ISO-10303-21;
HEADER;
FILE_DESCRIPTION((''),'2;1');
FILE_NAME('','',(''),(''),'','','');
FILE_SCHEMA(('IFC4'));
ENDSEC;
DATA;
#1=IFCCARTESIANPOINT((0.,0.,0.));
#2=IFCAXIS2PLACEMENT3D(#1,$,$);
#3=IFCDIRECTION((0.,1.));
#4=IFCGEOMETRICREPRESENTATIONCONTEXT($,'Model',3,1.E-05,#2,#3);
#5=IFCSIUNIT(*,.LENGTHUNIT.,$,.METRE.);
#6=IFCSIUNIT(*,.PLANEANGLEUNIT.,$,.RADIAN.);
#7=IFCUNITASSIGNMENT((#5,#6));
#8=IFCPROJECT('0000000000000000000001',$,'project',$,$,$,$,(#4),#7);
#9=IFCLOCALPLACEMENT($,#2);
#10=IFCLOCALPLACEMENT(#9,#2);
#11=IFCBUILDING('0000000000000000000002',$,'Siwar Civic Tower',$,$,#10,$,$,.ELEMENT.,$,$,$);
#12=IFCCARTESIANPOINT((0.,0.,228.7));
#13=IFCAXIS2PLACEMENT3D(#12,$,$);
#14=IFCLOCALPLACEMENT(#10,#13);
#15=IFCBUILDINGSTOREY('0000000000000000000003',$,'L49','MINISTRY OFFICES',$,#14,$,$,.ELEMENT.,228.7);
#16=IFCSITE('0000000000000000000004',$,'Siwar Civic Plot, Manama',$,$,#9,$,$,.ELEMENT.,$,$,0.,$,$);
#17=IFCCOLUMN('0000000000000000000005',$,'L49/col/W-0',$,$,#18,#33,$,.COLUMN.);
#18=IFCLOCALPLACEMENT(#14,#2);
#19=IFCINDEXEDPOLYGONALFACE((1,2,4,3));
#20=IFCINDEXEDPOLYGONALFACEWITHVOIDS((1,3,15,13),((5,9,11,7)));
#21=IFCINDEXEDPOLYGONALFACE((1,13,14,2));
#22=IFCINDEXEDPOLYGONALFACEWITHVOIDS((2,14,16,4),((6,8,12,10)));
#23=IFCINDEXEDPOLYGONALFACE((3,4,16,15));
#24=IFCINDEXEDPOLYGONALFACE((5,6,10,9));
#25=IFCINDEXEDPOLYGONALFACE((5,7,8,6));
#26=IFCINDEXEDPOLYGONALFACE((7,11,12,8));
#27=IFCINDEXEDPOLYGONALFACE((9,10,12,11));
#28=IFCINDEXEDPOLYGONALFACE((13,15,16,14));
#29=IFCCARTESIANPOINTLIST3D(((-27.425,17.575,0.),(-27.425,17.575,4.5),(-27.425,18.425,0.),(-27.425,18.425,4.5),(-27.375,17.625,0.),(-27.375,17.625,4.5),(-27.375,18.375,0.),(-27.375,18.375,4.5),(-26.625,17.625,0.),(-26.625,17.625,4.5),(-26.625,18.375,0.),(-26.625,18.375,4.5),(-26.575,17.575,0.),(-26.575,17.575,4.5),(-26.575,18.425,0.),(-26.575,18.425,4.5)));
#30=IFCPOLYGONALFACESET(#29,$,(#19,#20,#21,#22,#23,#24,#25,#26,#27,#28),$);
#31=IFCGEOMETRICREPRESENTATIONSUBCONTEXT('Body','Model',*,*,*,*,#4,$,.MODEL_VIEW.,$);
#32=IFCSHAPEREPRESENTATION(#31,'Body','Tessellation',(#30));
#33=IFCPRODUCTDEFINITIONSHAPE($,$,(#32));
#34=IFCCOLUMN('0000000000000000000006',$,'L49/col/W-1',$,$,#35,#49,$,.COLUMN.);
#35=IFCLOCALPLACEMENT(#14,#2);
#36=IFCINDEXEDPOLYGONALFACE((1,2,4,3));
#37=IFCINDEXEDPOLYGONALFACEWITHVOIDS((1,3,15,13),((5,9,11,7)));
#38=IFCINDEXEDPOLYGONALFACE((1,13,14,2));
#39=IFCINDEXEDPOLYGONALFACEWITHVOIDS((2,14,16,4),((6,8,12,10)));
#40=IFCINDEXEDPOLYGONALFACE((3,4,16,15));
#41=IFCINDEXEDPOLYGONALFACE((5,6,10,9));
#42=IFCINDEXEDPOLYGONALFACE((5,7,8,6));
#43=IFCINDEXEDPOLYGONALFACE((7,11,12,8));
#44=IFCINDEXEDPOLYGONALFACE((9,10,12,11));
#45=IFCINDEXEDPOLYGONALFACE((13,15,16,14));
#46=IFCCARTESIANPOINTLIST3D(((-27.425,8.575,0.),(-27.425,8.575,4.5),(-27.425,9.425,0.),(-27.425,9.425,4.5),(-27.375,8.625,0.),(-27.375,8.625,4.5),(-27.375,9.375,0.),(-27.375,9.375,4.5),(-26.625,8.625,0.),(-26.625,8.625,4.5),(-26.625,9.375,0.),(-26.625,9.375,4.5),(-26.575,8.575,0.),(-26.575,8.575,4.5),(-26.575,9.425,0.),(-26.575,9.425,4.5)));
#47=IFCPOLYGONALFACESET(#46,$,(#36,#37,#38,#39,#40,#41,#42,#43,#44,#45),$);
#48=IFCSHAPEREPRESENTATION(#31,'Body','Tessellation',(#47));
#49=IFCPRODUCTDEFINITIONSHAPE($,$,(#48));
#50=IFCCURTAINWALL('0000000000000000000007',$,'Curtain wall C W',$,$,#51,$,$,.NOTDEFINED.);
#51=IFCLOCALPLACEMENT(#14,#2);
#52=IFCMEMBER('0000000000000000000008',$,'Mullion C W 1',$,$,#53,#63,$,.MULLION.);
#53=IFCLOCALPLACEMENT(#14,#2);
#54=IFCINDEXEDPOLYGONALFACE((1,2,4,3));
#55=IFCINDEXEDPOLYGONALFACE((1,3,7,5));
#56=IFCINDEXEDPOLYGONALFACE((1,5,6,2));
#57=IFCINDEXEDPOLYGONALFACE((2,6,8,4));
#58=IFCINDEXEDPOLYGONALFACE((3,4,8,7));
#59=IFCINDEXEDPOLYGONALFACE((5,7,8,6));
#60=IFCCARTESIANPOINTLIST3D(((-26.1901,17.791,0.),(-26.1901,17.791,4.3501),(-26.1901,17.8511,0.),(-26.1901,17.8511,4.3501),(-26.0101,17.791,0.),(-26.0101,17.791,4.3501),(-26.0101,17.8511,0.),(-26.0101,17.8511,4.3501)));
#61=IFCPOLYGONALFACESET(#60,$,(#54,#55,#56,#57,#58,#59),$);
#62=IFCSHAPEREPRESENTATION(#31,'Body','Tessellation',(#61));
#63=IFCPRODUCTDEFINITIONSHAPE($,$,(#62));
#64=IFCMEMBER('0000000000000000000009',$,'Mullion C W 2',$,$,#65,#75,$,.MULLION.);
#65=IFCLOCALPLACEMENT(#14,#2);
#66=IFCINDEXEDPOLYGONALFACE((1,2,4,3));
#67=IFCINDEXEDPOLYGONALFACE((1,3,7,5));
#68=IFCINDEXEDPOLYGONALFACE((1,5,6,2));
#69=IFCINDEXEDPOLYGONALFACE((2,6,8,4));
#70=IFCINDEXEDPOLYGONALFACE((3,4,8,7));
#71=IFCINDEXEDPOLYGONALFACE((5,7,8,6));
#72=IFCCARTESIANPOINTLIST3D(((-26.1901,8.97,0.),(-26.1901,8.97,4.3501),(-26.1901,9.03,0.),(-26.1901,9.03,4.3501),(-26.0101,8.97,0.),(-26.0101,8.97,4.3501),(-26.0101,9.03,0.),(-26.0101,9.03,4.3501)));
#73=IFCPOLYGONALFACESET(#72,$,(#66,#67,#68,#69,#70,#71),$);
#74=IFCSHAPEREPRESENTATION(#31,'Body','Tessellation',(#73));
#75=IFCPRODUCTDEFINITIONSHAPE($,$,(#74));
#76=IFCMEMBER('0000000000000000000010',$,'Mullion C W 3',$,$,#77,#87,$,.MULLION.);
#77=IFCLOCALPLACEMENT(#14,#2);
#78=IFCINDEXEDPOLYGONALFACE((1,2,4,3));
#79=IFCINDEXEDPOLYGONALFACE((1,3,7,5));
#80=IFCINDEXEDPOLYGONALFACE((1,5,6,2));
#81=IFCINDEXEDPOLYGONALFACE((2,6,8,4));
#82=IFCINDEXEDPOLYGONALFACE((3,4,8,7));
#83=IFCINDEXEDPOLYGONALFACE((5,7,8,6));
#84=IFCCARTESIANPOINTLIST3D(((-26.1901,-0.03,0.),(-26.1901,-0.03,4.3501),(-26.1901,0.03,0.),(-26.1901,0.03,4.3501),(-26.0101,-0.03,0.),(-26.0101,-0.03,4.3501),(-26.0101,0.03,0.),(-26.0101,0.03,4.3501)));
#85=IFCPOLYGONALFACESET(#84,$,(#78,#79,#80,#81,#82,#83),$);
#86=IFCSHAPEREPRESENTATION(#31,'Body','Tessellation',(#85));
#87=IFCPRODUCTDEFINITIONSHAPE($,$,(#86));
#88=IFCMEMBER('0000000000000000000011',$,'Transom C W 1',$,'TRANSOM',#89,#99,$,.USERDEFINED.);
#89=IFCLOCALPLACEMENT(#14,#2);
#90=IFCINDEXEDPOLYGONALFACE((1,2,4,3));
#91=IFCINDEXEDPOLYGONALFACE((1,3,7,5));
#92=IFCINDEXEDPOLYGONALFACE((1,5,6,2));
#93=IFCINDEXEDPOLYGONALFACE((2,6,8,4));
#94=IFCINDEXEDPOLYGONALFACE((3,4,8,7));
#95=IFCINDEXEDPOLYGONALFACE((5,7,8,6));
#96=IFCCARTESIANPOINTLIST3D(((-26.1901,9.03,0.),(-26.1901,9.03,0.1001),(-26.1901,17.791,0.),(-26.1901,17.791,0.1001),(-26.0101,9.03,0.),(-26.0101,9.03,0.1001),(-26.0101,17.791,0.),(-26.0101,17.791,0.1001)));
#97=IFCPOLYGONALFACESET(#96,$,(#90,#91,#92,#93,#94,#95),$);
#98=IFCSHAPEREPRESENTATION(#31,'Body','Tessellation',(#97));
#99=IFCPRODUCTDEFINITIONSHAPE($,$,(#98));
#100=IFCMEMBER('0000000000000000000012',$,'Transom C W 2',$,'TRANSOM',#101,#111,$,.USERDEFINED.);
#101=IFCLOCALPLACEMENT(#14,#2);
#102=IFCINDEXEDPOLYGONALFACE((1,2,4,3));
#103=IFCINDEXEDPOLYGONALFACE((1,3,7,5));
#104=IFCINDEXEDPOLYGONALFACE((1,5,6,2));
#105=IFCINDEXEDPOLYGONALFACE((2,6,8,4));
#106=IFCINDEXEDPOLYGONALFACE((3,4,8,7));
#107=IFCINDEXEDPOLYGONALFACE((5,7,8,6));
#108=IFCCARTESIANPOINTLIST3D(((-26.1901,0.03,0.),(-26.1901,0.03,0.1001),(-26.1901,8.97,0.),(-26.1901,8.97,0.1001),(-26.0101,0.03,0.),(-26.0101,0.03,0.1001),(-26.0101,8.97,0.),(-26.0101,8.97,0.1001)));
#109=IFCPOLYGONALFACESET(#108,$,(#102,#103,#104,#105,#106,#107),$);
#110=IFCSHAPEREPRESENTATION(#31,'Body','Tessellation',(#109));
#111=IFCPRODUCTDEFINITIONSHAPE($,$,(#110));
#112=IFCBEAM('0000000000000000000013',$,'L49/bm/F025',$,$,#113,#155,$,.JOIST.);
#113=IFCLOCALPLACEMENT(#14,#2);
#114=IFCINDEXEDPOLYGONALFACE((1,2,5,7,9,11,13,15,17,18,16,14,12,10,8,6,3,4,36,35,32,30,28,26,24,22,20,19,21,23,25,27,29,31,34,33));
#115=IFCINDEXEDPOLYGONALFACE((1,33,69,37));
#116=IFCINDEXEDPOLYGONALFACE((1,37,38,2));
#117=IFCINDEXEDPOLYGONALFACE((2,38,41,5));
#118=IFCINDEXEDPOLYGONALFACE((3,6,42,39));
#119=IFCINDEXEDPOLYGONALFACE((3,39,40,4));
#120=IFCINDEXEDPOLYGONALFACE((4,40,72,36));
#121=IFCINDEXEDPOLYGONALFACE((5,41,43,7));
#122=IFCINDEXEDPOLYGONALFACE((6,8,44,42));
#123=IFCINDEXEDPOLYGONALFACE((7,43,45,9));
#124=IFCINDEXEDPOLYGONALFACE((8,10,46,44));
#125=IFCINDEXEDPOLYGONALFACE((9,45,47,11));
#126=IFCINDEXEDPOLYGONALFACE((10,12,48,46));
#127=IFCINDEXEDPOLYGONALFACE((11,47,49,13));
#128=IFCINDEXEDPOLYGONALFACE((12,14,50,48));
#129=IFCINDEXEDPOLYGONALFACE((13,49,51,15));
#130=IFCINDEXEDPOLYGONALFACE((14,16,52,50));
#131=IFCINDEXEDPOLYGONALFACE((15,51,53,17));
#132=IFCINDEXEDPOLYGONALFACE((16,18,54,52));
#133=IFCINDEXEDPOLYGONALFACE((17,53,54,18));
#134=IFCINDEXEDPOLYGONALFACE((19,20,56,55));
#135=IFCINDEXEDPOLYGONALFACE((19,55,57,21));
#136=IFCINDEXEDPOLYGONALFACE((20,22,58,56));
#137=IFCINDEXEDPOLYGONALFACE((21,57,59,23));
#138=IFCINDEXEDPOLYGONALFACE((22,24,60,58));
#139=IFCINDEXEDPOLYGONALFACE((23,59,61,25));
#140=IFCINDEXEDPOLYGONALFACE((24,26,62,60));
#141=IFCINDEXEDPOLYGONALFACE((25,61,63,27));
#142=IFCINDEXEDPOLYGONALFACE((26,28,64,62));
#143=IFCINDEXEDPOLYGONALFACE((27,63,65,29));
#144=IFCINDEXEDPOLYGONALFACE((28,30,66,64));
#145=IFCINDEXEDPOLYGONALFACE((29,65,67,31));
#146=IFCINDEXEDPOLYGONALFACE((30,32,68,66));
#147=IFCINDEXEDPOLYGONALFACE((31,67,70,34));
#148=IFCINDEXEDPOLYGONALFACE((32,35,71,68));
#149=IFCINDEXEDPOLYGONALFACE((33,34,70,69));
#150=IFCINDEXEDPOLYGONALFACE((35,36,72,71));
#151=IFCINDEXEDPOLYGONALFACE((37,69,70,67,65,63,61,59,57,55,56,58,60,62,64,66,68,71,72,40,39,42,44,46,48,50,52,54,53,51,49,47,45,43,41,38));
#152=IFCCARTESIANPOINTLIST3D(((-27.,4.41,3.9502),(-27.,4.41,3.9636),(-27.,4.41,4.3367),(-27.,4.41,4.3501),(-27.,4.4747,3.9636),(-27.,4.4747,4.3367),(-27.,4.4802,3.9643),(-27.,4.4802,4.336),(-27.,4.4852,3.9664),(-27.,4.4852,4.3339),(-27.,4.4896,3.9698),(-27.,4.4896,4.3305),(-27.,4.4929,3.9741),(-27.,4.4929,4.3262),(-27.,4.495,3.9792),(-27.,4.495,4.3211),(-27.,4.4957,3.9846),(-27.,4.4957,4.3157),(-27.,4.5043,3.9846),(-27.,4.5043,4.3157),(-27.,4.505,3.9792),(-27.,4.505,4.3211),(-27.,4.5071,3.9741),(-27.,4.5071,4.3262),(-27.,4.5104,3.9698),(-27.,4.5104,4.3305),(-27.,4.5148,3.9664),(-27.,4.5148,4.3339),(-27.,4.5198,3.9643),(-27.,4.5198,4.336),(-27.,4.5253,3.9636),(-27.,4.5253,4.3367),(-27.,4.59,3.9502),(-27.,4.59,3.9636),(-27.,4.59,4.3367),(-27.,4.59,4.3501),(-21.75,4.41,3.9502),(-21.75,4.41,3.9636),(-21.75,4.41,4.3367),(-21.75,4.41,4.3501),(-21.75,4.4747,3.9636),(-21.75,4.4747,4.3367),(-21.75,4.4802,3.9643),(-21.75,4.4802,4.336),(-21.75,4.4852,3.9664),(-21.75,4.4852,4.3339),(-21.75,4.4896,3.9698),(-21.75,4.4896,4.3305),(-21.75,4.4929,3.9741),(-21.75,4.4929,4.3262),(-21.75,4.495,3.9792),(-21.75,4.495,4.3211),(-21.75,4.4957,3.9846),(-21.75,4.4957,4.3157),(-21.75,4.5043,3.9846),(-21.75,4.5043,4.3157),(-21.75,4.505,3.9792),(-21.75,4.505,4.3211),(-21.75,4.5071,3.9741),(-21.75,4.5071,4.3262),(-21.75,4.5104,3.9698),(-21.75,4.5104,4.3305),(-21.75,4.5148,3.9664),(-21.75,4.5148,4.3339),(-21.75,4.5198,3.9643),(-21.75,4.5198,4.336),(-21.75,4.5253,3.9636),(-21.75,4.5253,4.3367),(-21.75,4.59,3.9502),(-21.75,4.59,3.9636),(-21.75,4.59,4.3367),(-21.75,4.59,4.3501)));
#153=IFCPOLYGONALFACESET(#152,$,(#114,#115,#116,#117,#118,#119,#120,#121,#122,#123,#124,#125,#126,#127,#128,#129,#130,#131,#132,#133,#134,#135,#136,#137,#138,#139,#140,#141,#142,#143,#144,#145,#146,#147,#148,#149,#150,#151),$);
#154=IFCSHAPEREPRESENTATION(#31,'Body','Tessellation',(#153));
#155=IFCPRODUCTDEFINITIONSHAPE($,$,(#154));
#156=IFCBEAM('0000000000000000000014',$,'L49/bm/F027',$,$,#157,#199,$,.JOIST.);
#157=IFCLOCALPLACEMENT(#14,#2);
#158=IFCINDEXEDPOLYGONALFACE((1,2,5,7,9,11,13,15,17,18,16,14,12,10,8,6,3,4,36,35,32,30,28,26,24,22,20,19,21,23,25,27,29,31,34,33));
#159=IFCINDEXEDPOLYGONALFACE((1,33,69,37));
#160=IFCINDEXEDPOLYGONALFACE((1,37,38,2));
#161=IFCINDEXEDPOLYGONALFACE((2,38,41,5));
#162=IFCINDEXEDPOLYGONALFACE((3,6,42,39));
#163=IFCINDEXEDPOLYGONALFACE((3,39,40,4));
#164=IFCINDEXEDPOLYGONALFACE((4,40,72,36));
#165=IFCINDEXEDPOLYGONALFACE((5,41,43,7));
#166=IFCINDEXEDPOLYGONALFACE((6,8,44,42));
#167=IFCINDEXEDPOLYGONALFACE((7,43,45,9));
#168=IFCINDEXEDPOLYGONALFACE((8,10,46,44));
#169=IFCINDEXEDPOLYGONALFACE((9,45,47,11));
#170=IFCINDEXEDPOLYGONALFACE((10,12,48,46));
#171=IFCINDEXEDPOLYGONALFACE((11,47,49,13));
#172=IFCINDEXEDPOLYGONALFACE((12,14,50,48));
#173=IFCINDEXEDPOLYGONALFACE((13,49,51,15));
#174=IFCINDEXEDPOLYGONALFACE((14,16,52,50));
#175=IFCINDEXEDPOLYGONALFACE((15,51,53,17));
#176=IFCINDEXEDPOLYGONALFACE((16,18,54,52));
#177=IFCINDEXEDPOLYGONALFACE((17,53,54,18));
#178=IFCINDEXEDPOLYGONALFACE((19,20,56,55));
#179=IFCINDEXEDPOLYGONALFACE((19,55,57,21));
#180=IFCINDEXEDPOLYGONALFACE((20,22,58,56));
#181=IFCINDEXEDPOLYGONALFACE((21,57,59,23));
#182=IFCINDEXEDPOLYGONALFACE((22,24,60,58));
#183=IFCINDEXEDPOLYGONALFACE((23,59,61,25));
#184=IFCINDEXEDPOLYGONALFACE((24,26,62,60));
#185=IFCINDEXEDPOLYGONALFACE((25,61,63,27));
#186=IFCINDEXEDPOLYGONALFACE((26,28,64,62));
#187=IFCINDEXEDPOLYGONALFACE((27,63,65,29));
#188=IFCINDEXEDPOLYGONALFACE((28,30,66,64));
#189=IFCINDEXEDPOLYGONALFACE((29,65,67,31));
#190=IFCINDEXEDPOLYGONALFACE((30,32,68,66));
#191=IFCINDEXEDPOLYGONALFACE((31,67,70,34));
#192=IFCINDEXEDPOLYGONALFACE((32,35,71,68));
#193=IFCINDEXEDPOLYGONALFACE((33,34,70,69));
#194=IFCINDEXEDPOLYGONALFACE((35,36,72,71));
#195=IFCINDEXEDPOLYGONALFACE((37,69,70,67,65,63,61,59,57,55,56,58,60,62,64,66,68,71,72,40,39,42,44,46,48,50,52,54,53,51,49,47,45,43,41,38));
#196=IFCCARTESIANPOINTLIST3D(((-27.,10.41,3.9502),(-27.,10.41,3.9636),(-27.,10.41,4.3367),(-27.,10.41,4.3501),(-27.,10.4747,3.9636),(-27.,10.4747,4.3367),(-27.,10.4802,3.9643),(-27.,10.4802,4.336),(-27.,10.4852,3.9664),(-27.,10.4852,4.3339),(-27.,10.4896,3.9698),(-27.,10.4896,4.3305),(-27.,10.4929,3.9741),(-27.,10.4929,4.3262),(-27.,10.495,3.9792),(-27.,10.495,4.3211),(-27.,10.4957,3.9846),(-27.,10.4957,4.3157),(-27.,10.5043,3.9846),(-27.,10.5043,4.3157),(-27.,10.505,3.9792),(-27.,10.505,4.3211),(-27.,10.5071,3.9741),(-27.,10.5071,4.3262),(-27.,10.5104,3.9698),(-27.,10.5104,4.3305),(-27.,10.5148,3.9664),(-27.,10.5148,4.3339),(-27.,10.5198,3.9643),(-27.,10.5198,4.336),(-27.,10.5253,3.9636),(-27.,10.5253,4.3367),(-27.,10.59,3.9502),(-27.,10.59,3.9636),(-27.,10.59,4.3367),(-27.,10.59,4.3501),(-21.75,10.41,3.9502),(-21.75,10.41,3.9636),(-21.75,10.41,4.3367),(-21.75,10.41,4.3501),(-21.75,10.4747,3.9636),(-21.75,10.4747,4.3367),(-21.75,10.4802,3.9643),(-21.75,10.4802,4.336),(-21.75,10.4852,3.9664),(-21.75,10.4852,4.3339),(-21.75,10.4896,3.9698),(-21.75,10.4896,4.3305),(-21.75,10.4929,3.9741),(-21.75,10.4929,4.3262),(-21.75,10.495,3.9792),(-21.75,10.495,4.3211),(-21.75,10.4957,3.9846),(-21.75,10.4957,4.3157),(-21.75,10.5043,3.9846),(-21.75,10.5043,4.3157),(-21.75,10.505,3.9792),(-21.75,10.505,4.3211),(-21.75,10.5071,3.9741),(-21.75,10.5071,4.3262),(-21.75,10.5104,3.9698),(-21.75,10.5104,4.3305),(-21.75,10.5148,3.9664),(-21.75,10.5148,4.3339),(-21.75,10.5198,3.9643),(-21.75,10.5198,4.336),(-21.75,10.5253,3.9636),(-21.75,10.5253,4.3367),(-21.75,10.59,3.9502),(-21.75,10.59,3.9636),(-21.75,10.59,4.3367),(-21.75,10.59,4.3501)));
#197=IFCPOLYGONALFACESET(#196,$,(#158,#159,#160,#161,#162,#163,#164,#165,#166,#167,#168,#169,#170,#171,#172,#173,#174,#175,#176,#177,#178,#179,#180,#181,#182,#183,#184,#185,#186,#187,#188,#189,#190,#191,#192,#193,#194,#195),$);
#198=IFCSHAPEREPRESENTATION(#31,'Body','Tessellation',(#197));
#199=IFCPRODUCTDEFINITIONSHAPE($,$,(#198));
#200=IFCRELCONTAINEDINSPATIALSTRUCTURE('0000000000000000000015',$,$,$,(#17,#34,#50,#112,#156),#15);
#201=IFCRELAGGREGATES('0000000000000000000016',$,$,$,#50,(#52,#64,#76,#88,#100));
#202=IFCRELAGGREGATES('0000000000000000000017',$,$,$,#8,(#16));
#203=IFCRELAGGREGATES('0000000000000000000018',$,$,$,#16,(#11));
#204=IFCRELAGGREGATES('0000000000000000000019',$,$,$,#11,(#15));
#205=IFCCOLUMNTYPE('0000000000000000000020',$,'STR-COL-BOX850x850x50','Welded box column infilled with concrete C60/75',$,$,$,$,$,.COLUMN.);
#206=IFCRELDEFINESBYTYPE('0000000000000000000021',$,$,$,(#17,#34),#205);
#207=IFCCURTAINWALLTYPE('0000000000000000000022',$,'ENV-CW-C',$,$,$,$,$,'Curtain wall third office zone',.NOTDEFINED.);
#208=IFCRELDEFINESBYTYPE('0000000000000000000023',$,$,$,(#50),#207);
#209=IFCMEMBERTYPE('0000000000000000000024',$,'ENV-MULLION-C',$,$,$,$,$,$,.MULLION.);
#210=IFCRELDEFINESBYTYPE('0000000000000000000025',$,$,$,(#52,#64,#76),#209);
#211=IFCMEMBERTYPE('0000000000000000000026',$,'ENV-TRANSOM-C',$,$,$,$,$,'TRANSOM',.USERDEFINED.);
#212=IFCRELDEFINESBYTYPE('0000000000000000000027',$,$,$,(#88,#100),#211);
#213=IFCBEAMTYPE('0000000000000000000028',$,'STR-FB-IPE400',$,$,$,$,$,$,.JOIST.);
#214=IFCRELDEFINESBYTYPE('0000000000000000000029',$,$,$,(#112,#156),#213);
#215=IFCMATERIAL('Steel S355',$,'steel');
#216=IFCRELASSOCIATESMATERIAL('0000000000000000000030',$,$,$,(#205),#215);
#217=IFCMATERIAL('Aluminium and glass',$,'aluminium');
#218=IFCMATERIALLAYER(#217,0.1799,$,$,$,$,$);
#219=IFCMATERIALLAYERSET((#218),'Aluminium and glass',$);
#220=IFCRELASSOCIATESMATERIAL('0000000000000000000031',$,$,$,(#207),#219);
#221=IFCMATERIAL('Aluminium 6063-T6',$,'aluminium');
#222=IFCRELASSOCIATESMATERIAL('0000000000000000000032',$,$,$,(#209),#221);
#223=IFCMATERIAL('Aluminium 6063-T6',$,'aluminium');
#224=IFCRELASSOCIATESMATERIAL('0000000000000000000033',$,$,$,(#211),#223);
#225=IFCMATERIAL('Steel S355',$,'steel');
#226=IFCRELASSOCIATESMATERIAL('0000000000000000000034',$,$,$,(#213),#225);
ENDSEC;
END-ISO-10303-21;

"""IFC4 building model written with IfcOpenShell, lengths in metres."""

from ifc_helpers import new_model, si_unit, direction, frame, origin, origin_2d, place, context, subcontext, project, spatial, rectangle, hollow_rectangle, i_section, extrude, material, layer, layer_set, material_profile, profile_set, type_object, element, aggregate, save


model = new_model("IFC4")

# Units and contexts
model_context = context("Model", 3, precision=1e-05, world=origin(), true_north=direction((0.0, 1.0)))
body_context = subcontext(model_context, "Body", "Model", "MODEL_VIEW")
ifc_project = project(units=[si_unit("LENGTHUNIT", "METRE"), si_unit("PLANEANGLEUNIT", "RADIAN")], contexts=[model_context])

# Site, building, storey
site_placement = place(None, origin())
site = spatial("IfcSite", under=ifc_project, at=site_placement, Name="Siwar Civic Plot, Manama", CompositionType="ELEMENT", RefElevation=0.0)
building_placement = place(site_placement, origin())
building = spatial("IfcBuilding", under=site, at=building_placement, Name="Siwar Civic Tower", CompositionType="ELEMENT")
storey_placement = place(building_placement, frame((0.0, 0.0, 228.7)))
storey = spatial("IfcBuildingStorey", under=building, at=storey_placement, Name="L49", Description="MINISTRY OFFICES", CompositionType="ELEMENT", Elevation=228.7)

# Columns
ifc_material_1 = material(Name="Steel S355", Category="steel")
ifc_material_profile_1 = material_profile(ifc_material_1, hollow_rectangle(XDim=0.8501, YDim=0.8501, WallThickness=0.05, at=origin_2d()), Name="BOX850x850x50")
ifc_profile_set_1 = profile_set([ifc_material_profile_1], Name="Steel S355")
column_type = type_object("IfcColumnType", Name="STR-COL-BOX850x850x50", Description="Welded box column infilled with concrete C60/75", PredefinedType="COLUMN", material=ifc_profile_set_1)
for number, where, z_axis, x_axis, name in (
    (1, (-27.0, 18.0, 0.0), (0.0, 0.0, 1.0), (1.0, 0.0, 0.0), "L49/col/W-0"),
    (2, (-27.0, 9.0, 0.0), (0.0, 0.0, 1.0), (1.0, 0.0, 0.0), "L49/col/W-1"),
):
    element("IfcColumn", number, at=place(storey_placement, frame(where, z_axis=z_axis, x_axis=x_axis)), inside=storey, type_object=column_type, Name=name, PredefinedType="COLUMN", context=body_context, shape_type="SweptSolid", body=[
        extrude(hollow_rectangle(XDim=0.8501, YDim=0.8501, WallThickness=0.05, at=origin_2d()), origin(), (0.0, 0.0, 1.0), 4.5),
    ])

# Curtain wall, members
ifc_material_2 = material(Name="Aluminium and glass", Category="aluminium")
ifc_layer_1 = layer(ifc_material_2, 0.1799)
ifc_layer_set_1 = layer_set([ifc_layer_1], Name="Aluminium and glass")
curtain_wall_type = type_object("IfcCurtainWallType", Name="ENV-CW-C", ElementType="Curtain wall third office zone", PredefinedType="NOTDEFINED", material=ifc_layer_set_1)
curtain_wall_placement = place(storey_placement, origin())
curtain_wall = element("IfcCurtainWall", 3, at=curtain_wall_placement, inside=storey, type_object=curtain_wall_type, Name="Curtain wall C W", PredefinedType="NOTDEFINED")
ifc_material_3 = material(Name="Aluminium 6063-T6", Category="aluminium")
ifc_material_profile_2 = material_profile(ifc_material_3, rectangle(XDim=0.1799, YDim=0.0601, at=origin_2d()), Name="AL 180x60")
ifc_profile_set_2 = profile_set([ifc_material_profile_2], Name="Aluminium 6063-T6")
member_type_1 = type_object("IfcMemberType", Name="ENV-MULLION-C", PredefinedType="MULLION", material=ifc_profile_set_2)
member_1_placement = place(storey_placement, frame((-26.1001, 17.821, 0.0), z_axis=(0.0, 0.0, 1.0), x_axis=(1.0, 0.0, 0.0)))
member_1 = element("IfcMember", 4, at=member_1_placement, type_object=member_type_1, Name="Mullion C W 1", PredefinedType="MULLION", context=body_context, shape_type="SweptSolid", body=[
    extrude(rectangle(XDim=0.1799, YDim=0.0601, at=origin_2d()), origin(), (0.0, 0.0, 1.0), 4.3501),
])
member_2_placement = place(storey_placement, frame((-26.1001, 9.0, 0.0), z_axis=(0.0, 0.0, 1.0), x_axis=(1.0, 0.0, 0.0)))
member_2 = element("IfcMember", 5, at=member_2_placement, type_object=member_type_1, Name="Mullion C W 2", PredefinedType="MULLION", context=body_context, shape_type="SweptSolid", body=[
    extrude(rectangle(XDim=0.1799, YDim=0.0601, at=origin_2d()), origin(), (0.0, 0.0, 1.0), 4.3501),
])
member_3_placement = place(storey_placement, frame((-26.1001, 0.0, 0.0), z_axis=(0.0, 0.0, 1.0), x_axis=(1.0, 0.0, 0.0)))
member_3 = element("IfcMember", 6, at=member_3_placement, type_object=member_type_1, Name="Mullion C W 3", PredefinedType="MULLION", context=body_context, shape_type="SweptSolid", body=[
    extrude(rectangle(XDim=0.1799, YDim=0.0601, at=origin_2d()), origin(), (0.0, 0.0, 1.0), 4.3501),
])
ifc_material_4 = material(Name="Aluminium 6063-T6", Category="aluminium")
ifc_material_profile_3 = material_profile(ifc_material_4, rectangle(XDim=0.1799, YDim=0.1001, at=origin_2d()), Name="AL 180x100")
ifc_profile_set_3 = profile_set([ifc_material_profile_3], Name="Aluminium 6063-T6")
member_type_2 = type_object("IfcMemberType", Name="ENV-TRANSOM-C", ElementType="TRANSOM", PredefinedType="USERDEFINED", material=ifc_profile_set_3)
member_4_placement = place(storey_placement, frame((-26.1001, 17.791, 0.05), z_axis=(0.0, -1.0, 0.0), x_axis=(1.0, 0.0, 0.0)))
member_4 = element("IfcMember", 7, at=member_4_placement, type_object=member_type_2, Name="Transom C W 1", ObjectType="TRANSOM", PredefinedType="USERDEFINED", context=body_context, shape_type="SweptSolid", body=[
    extrude(rectangle(XDim=0.1799, YDim=0.1001, at=origin_2d()), origin(), (0.0, 0.0, 1.0), 8.761),
])
member_5_placement = place(storey_placement, frame((-26.1001, 8.97, 0.05), z_axis=(0.0, -1.0, 0.0), x_axis=(1.0, 0.0, 0.0)))
member_5 = element("IfcMember", 8, at=member_5_placement, type_object=member_type_2, Name="Transom C W 2", ObjectType="TRANSOM", PredefinedType="USERDEFINED", context=body_context, shape_type="SweptSolid", body=[
    extrude(rectangle(XDim=0.1799, YDim=0.1001, at=origin_2d()), origin(), (0.0, 0.0, 1.0), 8.9399),
])

# Beams
ifc_material_5 = material(Name="Steel S355", Category="steel")
ifc_material_profile_4 = material_profile(ifc_material_5, i_section(OverallWidth=0.1799, OverallDepth=0.3999, WebThickness=0.0085, FlangeThickness=0.0134, FilletRadius=0.021, at=origin_2d()), Name="IPE400")
ifc_profile_set_4 = profile_set([ifc_material_profile_4], Name="Steel S355")
beam_type_1 = type_object("IfcBeamType", Name="STR-FB-IPE400", PredefinedType="JOIST", material=ifc_profile_set_4)
for number, where, z_axis, x_axis, name in (
    (9, (-27.0, 4.5, 4.1501), (1.0, 0.0, 0.0), (0.0, 1.0, 0.0), "L49/bm/F025"),
    (10, (-27.0, 10.5, 4.1501), (1.0, 0.0, 0.0), (0.0, 1.0, 0.0), "L49/bm/F027"),
):
    element("IfcBeam", number, at=place(storey_placement, frame(where, z_axis=z_axis, x_axis=x_axis)), inside=storey, type_object=beam_type_1, Name=name, PredefinedType="JOIST", context=body_context, shape_type="SweptSolid", body=[
        extrude(i_section(OverallWidth=0.1799, OverallDepth=0.3999, WebThickness=0.0085, FlangeThickness=0.0134, FilletRadius=0.021, at=origin_2d()), origin(), (0.0, 0.0, 1.0), 5.25),
    ])

aggregate(curtain_wall, [member_1, member_2, member_3, member_4, member_5])

save(model, "model.ifc")
